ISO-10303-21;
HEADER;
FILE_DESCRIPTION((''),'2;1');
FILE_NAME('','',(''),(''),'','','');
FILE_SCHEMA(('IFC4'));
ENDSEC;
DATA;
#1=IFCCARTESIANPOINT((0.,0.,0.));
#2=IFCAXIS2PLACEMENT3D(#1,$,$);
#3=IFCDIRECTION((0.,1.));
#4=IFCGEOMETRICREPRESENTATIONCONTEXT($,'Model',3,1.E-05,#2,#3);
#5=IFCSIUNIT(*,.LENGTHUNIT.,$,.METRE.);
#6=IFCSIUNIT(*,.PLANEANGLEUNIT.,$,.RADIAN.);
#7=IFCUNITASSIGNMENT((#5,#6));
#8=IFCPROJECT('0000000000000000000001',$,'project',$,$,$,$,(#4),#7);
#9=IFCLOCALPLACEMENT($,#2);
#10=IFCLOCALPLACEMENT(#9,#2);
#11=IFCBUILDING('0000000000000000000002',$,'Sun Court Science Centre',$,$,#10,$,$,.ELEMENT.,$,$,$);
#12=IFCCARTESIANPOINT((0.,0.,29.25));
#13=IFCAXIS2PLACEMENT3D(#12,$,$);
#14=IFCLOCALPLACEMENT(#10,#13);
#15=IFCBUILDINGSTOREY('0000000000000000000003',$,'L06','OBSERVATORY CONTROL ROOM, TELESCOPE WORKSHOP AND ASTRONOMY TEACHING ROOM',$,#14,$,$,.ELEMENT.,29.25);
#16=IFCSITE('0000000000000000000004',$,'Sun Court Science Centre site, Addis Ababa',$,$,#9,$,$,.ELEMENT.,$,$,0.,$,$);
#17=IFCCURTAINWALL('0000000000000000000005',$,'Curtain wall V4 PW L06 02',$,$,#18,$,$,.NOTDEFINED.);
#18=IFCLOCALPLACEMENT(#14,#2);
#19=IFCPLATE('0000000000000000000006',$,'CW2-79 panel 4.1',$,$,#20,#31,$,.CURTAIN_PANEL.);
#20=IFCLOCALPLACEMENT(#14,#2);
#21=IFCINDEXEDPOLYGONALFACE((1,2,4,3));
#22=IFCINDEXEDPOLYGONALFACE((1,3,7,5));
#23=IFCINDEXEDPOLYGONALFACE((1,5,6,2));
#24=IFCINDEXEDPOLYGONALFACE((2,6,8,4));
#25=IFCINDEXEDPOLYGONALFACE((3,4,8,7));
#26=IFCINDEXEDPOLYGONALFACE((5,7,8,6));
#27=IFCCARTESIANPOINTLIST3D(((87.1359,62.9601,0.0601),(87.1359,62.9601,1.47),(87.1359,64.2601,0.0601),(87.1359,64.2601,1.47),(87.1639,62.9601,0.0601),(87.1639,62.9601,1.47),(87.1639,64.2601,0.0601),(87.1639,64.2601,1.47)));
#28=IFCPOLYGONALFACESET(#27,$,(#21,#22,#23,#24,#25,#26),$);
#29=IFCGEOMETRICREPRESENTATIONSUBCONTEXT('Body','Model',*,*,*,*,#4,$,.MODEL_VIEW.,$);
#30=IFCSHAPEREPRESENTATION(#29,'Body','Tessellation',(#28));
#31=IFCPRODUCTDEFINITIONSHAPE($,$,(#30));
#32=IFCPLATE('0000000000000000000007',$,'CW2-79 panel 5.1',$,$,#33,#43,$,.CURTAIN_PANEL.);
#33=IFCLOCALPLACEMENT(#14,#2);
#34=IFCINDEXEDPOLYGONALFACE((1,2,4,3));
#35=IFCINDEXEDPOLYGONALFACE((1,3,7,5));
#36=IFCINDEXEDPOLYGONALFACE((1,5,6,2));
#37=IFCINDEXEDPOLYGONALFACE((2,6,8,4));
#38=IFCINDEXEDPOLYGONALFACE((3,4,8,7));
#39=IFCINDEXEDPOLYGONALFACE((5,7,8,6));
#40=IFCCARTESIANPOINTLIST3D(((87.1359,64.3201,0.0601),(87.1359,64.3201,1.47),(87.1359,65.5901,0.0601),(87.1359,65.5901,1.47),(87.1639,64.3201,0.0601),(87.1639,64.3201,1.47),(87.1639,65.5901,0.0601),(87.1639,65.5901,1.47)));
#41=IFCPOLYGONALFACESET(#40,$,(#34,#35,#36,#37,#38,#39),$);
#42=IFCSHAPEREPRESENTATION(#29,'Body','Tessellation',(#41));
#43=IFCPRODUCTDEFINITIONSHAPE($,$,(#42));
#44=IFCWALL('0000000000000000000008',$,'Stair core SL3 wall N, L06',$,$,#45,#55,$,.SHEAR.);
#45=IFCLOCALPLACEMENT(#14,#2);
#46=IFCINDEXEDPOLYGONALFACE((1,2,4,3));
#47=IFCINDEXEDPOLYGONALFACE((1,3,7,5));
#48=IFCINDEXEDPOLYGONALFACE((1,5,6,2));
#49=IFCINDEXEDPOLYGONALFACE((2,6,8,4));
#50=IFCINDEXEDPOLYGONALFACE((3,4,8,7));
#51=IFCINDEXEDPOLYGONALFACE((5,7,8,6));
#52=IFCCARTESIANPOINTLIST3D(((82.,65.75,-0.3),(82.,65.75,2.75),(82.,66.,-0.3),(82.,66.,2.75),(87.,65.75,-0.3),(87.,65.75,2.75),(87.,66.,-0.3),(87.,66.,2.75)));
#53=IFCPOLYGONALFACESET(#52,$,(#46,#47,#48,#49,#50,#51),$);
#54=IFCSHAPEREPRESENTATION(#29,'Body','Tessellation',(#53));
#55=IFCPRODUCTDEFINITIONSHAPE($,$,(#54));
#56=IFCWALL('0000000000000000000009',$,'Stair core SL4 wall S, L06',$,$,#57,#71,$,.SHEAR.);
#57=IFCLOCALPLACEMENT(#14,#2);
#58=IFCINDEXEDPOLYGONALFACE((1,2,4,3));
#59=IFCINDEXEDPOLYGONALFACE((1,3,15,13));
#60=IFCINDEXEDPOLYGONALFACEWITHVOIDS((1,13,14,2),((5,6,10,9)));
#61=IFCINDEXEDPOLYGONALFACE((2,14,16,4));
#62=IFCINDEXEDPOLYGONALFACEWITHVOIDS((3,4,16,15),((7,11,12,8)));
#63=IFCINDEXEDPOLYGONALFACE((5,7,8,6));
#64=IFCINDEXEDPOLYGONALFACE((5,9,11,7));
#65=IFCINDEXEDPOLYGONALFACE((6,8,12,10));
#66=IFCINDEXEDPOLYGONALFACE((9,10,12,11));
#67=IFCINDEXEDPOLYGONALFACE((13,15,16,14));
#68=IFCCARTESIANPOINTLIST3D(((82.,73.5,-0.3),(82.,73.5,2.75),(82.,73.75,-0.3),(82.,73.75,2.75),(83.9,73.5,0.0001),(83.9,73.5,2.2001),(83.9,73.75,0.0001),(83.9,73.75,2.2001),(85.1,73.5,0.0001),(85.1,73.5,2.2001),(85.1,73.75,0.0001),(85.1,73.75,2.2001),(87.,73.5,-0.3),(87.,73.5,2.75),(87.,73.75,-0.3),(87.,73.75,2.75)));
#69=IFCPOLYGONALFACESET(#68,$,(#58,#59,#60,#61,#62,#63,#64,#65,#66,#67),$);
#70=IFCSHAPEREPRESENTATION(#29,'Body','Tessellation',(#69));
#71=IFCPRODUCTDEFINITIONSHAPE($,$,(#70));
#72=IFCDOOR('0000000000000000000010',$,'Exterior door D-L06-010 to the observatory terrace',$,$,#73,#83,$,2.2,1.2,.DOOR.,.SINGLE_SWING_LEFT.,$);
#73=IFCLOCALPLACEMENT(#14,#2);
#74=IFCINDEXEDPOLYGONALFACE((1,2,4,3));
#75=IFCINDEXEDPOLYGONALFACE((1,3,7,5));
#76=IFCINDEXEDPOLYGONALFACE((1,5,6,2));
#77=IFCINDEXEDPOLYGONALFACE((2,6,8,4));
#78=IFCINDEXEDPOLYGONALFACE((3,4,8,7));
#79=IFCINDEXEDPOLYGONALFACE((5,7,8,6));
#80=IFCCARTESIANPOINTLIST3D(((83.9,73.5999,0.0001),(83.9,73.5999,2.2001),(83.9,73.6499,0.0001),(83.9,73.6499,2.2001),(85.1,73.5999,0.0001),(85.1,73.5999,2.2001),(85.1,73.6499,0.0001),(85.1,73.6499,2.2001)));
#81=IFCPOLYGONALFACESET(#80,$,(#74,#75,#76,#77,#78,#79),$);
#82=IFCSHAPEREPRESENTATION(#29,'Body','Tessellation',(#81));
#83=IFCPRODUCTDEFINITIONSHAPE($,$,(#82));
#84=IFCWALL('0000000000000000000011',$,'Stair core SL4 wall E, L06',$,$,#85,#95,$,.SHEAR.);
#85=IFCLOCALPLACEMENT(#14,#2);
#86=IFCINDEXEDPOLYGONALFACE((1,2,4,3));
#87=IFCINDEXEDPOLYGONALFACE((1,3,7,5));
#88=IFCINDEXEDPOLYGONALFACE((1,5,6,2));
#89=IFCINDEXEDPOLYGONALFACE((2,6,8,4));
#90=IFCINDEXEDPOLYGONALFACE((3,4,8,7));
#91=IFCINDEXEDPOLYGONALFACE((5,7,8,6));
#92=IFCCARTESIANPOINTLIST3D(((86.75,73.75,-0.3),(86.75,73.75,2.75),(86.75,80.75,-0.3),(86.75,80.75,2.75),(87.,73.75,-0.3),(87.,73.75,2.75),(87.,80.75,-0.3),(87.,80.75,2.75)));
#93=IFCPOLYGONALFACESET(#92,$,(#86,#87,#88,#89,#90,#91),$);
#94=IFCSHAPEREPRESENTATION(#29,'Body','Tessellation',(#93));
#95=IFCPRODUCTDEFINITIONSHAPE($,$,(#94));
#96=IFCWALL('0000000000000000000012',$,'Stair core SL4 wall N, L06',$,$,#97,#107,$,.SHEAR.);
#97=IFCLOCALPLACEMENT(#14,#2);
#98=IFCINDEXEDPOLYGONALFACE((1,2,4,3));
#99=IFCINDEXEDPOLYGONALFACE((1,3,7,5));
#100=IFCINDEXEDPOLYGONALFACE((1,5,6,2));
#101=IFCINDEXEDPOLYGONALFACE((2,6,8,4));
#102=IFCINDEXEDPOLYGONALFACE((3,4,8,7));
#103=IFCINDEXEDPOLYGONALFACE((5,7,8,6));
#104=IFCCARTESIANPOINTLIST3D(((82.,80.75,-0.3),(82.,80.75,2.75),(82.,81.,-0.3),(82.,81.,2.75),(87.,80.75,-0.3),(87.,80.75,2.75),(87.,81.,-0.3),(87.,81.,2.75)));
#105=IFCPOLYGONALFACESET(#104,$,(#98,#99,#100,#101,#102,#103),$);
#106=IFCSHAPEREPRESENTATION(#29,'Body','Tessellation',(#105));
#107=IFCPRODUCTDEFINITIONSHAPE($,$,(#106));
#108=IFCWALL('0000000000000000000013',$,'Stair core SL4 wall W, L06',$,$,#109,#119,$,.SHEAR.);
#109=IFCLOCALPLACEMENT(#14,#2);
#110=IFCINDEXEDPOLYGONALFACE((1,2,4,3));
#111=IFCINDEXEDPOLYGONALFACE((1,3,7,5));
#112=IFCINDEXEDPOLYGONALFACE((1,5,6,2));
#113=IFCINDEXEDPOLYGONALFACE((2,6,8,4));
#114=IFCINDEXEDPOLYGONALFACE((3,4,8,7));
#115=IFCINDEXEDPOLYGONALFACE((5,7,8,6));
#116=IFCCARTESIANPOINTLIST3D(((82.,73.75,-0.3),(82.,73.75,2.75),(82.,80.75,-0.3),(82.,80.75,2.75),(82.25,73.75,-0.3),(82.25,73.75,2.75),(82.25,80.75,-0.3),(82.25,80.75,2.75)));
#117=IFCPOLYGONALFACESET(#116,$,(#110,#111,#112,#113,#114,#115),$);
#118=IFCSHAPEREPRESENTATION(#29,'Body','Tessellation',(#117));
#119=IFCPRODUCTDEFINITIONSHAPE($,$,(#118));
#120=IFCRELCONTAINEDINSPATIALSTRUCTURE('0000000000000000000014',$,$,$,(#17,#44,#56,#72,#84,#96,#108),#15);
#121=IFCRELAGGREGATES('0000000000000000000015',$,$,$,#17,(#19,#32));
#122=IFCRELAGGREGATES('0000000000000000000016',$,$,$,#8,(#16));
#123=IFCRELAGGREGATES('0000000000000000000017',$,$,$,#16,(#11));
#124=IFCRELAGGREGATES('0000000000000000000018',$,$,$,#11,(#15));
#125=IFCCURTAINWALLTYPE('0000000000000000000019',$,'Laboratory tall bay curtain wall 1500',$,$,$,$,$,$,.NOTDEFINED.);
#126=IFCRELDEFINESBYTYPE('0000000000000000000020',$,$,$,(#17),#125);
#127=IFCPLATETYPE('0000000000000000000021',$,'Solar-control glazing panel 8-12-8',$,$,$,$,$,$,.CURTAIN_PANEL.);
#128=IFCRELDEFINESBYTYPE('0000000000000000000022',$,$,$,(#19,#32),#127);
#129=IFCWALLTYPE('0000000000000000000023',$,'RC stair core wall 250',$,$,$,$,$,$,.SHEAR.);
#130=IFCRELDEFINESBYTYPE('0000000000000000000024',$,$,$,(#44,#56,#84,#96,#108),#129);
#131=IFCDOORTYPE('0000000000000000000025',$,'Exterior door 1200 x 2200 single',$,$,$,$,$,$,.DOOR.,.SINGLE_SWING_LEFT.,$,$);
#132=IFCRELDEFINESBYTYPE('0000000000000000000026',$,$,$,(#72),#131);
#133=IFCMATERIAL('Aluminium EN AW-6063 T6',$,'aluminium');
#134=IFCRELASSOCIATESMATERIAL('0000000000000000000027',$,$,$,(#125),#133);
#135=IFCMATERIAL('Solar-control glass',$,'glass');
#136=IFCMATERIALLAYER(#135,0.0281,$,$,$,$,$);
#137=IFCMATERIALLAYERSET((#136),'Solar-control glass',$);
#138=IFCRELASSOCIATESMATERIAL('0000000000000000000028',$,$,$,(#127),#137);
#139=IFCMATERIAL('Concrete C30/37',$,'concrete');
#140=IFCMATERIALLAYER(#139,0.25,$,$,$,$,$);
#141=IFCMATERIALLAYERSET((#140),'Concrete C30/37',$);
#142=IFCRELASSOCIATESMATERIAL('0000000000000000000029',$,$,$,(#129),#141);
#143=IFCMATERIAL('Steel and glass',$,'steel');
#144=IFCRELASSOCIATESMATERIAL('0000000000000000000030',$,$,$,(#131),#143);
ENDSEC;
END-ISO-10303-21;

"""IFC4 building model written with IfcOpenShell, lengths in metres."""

from ifc_helpers import new_model, si_unit, direction, frame, frame_2d, origin, origin_2d, place, context, subcontext, project, spatial, rectangle, extrude, material, layer, layer_set, type_object, element, fill, aggregate, save


model = new_model("IFC4")

# Units and contexts
model_context = context("Model", 3, precision=1e-05, world=origin(), true_north=direction((0.0, 1.0)))
body_context = subcontext(model_context, "Body", "Model", "MODEL_VIEW")
ifc_project = project(units=[si_unit("LENGTHUNIT", "METRE"), si_unit("PLANEANGLEUNIT", "RADIAN")], contexts=[model_context])

# Site, building, storey
site_placement = place(None, origin())
site = spatial("IfcSite", under=ifc_project, at=site_placement, Name="Sun Court Science Centre site, Addis Ababa", CompositionType="ELEMENT", RefElevation=0.0)
building_placement = place(site_placement, origin())
building = spatial("IfcBuilding", under=site, at=building_placement, Name="Sun Court Science Centre", CompositionType="ELEMENT")
storey_placement = place(building_placement, frame((0.0, 0.0, 29.25)))
storey = spatial("IfcBuildingStorey", under=building, at=storey_placement, Name="L06", Description="OBSERVATORY CONTROL ROOM, TELESCOPE WORKSHOP AND ASTRONOMY TEACHING ROOM", CompositionType="ELEMENT", Elevation=29.25)

# Curtain wall
ifc_material_1 = material(Name="Aluminium EN AW-6063 T6", Category="aluminium")
curtain_wall_type = type_object("IfcCurtainWallType", Name="Laboratory tall bay curtain wall 1500", PredefinedType="NOTDEFINED", material=ifc_material_1)
curtain_wall_placement = place(storey_placement, origin())
curtain_wall = element("IfcCurtainWall", 1, at=curtain_wall_placement, inside=storey, type_object=curtain_wall_type, Name="Curtain wall V4 PW L06 02", PredefinedType="NOTDEFINED")

# Plates
ifc_material_2 = material(Name="Solar-control glass", Category="glass")
ifc_layer_1 = layer(ifc_material_2, 0.0281)
ifc_layer_set_1 = layer_set([ifc_layer_1], Name="Solar-control glass")
plate_type = type_object("IfcPlateType", Name="Solar-control glazing panel 8-12-8", PredefinedType="CURTAIN_PANEL", material=ifc_layer_set_1)
plate_1_placement = place(storey_placement, frame((87.1499, 63.6101, 0.0601), z_axis=(0.0, 0.0, 1.0), x_axis=(0.0, 1.0, 0.0)))
plate_1 = element("IfcPlate", 2, at=plate_1_placement, type_object=plate_type, Name="CW2-79 panel 4.1", PredefinedType="CURTAIN_PANEL", context=body_context, shape_type="SweptSolid", body=[
    extrude(rectangle(XDim=1.3, YDim=0.0281, at=origin_2d()), origin(), (0.0, 0.0, 1.0), 1.4099),
])
plate_2_placement = place(storey_placement, frame((87.1499, 64.9551, 0.0601), z_axis=(0.0, 0.0, 1.0), x_axis=(0.0, 1.0, 0.0)))
plate_2 = element("IfcPlate", 3, at=plate_2_placement, type_object=plate_type, Name="CW2-79 panel 5.1", PredefinedType="CURTAIN_PANEL", context=body_context, shape_type="SweptSolid", body=[
    extrude(rectangle(XDim=1.27, YDim=0.0281, at=origin_2d()), origin(), (0.0, 0.0, 1.0), 1.4099),
])
aggregate(curtain_wall, [plate_1, plate_2])

# Wall
ifc_material_3 = material(Name="Concrete C30/37", Category="concrete")
ifc_layer_2 = layer(ifc_material_3, 0.25)
ifc_layer_set_2 = layer_set([ifc_layer_2], Name="Concrete C30/37")
wall_type = type_object("IfcWallType", Name="RC stair core wall 250", PredefinedType="SHEAR", material=ifc_layer_set_2)
wall_1_placement = place(storey_placement, frame((82.0, 65.875, -0.3), z_axis=(0.0, 0.0, 1.0), x_axis=(1.0, 0.0, 0.0)))
element("IfcWall", 4, at=wall_1_placement, inside=storey, type_object=wall_type, Name="Stair core SL3 wall N, L06", PredefinedType="SHEAR", context=body_context, shape_type="SweptSolid", body=[
    extrude(rectangle(XDim=5.0, YDim=0.25, at=frame_2d((2.5, 0.0))), origin(), (0.0, 0.0, 1.0), 3.05),
])

# Wall, opening, door
wall_2_placement = place(storey_placement, frame((82.0, 73.625, -0.3), z_axis=(0.0, 0.0, 1.0), x_axis=(1.0, 0.0, 0.0)))
wall_2 = element("IfcWall", 5, at=wall_2_placement, inside=storey, type_object=wall_type, Name="Stair core SL4 wall S, L06", PredefinedType="SHEAR", context=body_context, shape_type="SweptSolid", body=[
    extrude(rectangle(XDim=5.0, YDim=0.25, at=frame_2d((2.5, 0.0))), origin(), (0.0, 0.0, 1.0), 3.05),
])
opening_placement = place(wall_2_placement, frame((1.8999, 0.0, 0.3)))
opening = element("IfcOpeningElement", 6, at=opening_placement, cuts=wall_2, PredefinedType="OPENING", context=body_context, shape_type="SweptSolid", body=[
    extrude(rectangle(XDim=1.2, YDim=2.2, at=frame_2d((0.6001, 1.1001))), frame((0.0, 0.135, 0.0), z_axis=(0.0, -1.0, 0.0), x_axis=(1.0, 0.0, 0.0)), (0.0, 0.0, 1.0), 0.27),
])
ifc_material_4 = material(Name="Steel and glass", Category="steel")
door_type = type_object("IfcDoorType", Name="Exterior door 1200 x 2200 single", OperationType="SINGLE_SWING_LEFT", PredefinedType="DOOR", material=ifc_material_4)
door_placement = place(opening_placement, origin())
door = element("IfcDoor", 7, at=door_placement, inside=storey, type_object=door_type, Name="Exterior door D-L06-010 to the observatory terrace", OperationType="SINGLE_SWING_LEFT", OverallHeight=2.2, OverallWidth=1.2, PredefinedType="DOOR", context=body_context, shape_type="SweptSolid", body=[
    extrude(rectangle(XDim=1.2, YDim=2.2, at=frame_2d((0.6001, 1.1001))), frame((0.0, 0.0249, 0.0), z_axis=(0.0, -1.0, 0.0), x_axis=(1.0, 0.0, 0.0)), (0.0, 0.0, 1.0), 0.05),
])
fill(opening, door)

# Walls
wall_3_placement = place(storey_placement, frame((86.875, 73.75, -0.3), z_axis=(0.0, 0.0, 1.0), x_axis=(0.0, 1.0, 0.0)))
element("IfcWall", 8, at=wall_3_placement, inside=storey, type_object=wall_type, Name="Stair core SL4 wall E, L06", PredefinedType="SHEAR", context=body_context, shape_type="SweptSolid", body=[
    extrude(rectangle(XDim=7.0, YDim=0.25, at=frame_2d((3.5, 0.0))), origin(), (0.0, 0.0, 1.0), 3.05),
])
wall_4_placement = place(storey_placement, frame((82.0, 80.875, -0.3), z_axis=(0.0, 0.0, 1.0), x_axis=(1.0, 0.0, 0.0)))
element("IfcWall", 9, at=wall_4_placement, inside=storey, type_object=wall_type, Name="Stair core SL4 wall N, L06", PredefinedType="SHEAR", context=body_context, shape_type="SweptSolid", body=[
    extrude(rectangle(XDim=5.0, YDim=0.25, at=frame_2d((2.5, 0.0))), origin(), (0.0, 0.0, 1.0), 3.05),
])
wall_5_placement = place(storey_placement, frame((82.125, 73.75, -0.3), z_axis=(0.0, 0.0, 1.0), x_axis=(0.0, 1.0, 0.0)))
element("IfcWall", 10, at=wall_5_placement, inside=storey, type_object=wall_type, Name="Stair core SL4 wall W, L06", PredefinedType="SHEAR", context=body_context, shape_type="SweptSolid", body=[
    extrude(rectangle(XDim=7.0, YDim=0.25, at=frame_2d((3.5, 0.0))), origin(), (0.0, 0.0, 1.0), 3.05),
])

save(model, "model.ifc")
